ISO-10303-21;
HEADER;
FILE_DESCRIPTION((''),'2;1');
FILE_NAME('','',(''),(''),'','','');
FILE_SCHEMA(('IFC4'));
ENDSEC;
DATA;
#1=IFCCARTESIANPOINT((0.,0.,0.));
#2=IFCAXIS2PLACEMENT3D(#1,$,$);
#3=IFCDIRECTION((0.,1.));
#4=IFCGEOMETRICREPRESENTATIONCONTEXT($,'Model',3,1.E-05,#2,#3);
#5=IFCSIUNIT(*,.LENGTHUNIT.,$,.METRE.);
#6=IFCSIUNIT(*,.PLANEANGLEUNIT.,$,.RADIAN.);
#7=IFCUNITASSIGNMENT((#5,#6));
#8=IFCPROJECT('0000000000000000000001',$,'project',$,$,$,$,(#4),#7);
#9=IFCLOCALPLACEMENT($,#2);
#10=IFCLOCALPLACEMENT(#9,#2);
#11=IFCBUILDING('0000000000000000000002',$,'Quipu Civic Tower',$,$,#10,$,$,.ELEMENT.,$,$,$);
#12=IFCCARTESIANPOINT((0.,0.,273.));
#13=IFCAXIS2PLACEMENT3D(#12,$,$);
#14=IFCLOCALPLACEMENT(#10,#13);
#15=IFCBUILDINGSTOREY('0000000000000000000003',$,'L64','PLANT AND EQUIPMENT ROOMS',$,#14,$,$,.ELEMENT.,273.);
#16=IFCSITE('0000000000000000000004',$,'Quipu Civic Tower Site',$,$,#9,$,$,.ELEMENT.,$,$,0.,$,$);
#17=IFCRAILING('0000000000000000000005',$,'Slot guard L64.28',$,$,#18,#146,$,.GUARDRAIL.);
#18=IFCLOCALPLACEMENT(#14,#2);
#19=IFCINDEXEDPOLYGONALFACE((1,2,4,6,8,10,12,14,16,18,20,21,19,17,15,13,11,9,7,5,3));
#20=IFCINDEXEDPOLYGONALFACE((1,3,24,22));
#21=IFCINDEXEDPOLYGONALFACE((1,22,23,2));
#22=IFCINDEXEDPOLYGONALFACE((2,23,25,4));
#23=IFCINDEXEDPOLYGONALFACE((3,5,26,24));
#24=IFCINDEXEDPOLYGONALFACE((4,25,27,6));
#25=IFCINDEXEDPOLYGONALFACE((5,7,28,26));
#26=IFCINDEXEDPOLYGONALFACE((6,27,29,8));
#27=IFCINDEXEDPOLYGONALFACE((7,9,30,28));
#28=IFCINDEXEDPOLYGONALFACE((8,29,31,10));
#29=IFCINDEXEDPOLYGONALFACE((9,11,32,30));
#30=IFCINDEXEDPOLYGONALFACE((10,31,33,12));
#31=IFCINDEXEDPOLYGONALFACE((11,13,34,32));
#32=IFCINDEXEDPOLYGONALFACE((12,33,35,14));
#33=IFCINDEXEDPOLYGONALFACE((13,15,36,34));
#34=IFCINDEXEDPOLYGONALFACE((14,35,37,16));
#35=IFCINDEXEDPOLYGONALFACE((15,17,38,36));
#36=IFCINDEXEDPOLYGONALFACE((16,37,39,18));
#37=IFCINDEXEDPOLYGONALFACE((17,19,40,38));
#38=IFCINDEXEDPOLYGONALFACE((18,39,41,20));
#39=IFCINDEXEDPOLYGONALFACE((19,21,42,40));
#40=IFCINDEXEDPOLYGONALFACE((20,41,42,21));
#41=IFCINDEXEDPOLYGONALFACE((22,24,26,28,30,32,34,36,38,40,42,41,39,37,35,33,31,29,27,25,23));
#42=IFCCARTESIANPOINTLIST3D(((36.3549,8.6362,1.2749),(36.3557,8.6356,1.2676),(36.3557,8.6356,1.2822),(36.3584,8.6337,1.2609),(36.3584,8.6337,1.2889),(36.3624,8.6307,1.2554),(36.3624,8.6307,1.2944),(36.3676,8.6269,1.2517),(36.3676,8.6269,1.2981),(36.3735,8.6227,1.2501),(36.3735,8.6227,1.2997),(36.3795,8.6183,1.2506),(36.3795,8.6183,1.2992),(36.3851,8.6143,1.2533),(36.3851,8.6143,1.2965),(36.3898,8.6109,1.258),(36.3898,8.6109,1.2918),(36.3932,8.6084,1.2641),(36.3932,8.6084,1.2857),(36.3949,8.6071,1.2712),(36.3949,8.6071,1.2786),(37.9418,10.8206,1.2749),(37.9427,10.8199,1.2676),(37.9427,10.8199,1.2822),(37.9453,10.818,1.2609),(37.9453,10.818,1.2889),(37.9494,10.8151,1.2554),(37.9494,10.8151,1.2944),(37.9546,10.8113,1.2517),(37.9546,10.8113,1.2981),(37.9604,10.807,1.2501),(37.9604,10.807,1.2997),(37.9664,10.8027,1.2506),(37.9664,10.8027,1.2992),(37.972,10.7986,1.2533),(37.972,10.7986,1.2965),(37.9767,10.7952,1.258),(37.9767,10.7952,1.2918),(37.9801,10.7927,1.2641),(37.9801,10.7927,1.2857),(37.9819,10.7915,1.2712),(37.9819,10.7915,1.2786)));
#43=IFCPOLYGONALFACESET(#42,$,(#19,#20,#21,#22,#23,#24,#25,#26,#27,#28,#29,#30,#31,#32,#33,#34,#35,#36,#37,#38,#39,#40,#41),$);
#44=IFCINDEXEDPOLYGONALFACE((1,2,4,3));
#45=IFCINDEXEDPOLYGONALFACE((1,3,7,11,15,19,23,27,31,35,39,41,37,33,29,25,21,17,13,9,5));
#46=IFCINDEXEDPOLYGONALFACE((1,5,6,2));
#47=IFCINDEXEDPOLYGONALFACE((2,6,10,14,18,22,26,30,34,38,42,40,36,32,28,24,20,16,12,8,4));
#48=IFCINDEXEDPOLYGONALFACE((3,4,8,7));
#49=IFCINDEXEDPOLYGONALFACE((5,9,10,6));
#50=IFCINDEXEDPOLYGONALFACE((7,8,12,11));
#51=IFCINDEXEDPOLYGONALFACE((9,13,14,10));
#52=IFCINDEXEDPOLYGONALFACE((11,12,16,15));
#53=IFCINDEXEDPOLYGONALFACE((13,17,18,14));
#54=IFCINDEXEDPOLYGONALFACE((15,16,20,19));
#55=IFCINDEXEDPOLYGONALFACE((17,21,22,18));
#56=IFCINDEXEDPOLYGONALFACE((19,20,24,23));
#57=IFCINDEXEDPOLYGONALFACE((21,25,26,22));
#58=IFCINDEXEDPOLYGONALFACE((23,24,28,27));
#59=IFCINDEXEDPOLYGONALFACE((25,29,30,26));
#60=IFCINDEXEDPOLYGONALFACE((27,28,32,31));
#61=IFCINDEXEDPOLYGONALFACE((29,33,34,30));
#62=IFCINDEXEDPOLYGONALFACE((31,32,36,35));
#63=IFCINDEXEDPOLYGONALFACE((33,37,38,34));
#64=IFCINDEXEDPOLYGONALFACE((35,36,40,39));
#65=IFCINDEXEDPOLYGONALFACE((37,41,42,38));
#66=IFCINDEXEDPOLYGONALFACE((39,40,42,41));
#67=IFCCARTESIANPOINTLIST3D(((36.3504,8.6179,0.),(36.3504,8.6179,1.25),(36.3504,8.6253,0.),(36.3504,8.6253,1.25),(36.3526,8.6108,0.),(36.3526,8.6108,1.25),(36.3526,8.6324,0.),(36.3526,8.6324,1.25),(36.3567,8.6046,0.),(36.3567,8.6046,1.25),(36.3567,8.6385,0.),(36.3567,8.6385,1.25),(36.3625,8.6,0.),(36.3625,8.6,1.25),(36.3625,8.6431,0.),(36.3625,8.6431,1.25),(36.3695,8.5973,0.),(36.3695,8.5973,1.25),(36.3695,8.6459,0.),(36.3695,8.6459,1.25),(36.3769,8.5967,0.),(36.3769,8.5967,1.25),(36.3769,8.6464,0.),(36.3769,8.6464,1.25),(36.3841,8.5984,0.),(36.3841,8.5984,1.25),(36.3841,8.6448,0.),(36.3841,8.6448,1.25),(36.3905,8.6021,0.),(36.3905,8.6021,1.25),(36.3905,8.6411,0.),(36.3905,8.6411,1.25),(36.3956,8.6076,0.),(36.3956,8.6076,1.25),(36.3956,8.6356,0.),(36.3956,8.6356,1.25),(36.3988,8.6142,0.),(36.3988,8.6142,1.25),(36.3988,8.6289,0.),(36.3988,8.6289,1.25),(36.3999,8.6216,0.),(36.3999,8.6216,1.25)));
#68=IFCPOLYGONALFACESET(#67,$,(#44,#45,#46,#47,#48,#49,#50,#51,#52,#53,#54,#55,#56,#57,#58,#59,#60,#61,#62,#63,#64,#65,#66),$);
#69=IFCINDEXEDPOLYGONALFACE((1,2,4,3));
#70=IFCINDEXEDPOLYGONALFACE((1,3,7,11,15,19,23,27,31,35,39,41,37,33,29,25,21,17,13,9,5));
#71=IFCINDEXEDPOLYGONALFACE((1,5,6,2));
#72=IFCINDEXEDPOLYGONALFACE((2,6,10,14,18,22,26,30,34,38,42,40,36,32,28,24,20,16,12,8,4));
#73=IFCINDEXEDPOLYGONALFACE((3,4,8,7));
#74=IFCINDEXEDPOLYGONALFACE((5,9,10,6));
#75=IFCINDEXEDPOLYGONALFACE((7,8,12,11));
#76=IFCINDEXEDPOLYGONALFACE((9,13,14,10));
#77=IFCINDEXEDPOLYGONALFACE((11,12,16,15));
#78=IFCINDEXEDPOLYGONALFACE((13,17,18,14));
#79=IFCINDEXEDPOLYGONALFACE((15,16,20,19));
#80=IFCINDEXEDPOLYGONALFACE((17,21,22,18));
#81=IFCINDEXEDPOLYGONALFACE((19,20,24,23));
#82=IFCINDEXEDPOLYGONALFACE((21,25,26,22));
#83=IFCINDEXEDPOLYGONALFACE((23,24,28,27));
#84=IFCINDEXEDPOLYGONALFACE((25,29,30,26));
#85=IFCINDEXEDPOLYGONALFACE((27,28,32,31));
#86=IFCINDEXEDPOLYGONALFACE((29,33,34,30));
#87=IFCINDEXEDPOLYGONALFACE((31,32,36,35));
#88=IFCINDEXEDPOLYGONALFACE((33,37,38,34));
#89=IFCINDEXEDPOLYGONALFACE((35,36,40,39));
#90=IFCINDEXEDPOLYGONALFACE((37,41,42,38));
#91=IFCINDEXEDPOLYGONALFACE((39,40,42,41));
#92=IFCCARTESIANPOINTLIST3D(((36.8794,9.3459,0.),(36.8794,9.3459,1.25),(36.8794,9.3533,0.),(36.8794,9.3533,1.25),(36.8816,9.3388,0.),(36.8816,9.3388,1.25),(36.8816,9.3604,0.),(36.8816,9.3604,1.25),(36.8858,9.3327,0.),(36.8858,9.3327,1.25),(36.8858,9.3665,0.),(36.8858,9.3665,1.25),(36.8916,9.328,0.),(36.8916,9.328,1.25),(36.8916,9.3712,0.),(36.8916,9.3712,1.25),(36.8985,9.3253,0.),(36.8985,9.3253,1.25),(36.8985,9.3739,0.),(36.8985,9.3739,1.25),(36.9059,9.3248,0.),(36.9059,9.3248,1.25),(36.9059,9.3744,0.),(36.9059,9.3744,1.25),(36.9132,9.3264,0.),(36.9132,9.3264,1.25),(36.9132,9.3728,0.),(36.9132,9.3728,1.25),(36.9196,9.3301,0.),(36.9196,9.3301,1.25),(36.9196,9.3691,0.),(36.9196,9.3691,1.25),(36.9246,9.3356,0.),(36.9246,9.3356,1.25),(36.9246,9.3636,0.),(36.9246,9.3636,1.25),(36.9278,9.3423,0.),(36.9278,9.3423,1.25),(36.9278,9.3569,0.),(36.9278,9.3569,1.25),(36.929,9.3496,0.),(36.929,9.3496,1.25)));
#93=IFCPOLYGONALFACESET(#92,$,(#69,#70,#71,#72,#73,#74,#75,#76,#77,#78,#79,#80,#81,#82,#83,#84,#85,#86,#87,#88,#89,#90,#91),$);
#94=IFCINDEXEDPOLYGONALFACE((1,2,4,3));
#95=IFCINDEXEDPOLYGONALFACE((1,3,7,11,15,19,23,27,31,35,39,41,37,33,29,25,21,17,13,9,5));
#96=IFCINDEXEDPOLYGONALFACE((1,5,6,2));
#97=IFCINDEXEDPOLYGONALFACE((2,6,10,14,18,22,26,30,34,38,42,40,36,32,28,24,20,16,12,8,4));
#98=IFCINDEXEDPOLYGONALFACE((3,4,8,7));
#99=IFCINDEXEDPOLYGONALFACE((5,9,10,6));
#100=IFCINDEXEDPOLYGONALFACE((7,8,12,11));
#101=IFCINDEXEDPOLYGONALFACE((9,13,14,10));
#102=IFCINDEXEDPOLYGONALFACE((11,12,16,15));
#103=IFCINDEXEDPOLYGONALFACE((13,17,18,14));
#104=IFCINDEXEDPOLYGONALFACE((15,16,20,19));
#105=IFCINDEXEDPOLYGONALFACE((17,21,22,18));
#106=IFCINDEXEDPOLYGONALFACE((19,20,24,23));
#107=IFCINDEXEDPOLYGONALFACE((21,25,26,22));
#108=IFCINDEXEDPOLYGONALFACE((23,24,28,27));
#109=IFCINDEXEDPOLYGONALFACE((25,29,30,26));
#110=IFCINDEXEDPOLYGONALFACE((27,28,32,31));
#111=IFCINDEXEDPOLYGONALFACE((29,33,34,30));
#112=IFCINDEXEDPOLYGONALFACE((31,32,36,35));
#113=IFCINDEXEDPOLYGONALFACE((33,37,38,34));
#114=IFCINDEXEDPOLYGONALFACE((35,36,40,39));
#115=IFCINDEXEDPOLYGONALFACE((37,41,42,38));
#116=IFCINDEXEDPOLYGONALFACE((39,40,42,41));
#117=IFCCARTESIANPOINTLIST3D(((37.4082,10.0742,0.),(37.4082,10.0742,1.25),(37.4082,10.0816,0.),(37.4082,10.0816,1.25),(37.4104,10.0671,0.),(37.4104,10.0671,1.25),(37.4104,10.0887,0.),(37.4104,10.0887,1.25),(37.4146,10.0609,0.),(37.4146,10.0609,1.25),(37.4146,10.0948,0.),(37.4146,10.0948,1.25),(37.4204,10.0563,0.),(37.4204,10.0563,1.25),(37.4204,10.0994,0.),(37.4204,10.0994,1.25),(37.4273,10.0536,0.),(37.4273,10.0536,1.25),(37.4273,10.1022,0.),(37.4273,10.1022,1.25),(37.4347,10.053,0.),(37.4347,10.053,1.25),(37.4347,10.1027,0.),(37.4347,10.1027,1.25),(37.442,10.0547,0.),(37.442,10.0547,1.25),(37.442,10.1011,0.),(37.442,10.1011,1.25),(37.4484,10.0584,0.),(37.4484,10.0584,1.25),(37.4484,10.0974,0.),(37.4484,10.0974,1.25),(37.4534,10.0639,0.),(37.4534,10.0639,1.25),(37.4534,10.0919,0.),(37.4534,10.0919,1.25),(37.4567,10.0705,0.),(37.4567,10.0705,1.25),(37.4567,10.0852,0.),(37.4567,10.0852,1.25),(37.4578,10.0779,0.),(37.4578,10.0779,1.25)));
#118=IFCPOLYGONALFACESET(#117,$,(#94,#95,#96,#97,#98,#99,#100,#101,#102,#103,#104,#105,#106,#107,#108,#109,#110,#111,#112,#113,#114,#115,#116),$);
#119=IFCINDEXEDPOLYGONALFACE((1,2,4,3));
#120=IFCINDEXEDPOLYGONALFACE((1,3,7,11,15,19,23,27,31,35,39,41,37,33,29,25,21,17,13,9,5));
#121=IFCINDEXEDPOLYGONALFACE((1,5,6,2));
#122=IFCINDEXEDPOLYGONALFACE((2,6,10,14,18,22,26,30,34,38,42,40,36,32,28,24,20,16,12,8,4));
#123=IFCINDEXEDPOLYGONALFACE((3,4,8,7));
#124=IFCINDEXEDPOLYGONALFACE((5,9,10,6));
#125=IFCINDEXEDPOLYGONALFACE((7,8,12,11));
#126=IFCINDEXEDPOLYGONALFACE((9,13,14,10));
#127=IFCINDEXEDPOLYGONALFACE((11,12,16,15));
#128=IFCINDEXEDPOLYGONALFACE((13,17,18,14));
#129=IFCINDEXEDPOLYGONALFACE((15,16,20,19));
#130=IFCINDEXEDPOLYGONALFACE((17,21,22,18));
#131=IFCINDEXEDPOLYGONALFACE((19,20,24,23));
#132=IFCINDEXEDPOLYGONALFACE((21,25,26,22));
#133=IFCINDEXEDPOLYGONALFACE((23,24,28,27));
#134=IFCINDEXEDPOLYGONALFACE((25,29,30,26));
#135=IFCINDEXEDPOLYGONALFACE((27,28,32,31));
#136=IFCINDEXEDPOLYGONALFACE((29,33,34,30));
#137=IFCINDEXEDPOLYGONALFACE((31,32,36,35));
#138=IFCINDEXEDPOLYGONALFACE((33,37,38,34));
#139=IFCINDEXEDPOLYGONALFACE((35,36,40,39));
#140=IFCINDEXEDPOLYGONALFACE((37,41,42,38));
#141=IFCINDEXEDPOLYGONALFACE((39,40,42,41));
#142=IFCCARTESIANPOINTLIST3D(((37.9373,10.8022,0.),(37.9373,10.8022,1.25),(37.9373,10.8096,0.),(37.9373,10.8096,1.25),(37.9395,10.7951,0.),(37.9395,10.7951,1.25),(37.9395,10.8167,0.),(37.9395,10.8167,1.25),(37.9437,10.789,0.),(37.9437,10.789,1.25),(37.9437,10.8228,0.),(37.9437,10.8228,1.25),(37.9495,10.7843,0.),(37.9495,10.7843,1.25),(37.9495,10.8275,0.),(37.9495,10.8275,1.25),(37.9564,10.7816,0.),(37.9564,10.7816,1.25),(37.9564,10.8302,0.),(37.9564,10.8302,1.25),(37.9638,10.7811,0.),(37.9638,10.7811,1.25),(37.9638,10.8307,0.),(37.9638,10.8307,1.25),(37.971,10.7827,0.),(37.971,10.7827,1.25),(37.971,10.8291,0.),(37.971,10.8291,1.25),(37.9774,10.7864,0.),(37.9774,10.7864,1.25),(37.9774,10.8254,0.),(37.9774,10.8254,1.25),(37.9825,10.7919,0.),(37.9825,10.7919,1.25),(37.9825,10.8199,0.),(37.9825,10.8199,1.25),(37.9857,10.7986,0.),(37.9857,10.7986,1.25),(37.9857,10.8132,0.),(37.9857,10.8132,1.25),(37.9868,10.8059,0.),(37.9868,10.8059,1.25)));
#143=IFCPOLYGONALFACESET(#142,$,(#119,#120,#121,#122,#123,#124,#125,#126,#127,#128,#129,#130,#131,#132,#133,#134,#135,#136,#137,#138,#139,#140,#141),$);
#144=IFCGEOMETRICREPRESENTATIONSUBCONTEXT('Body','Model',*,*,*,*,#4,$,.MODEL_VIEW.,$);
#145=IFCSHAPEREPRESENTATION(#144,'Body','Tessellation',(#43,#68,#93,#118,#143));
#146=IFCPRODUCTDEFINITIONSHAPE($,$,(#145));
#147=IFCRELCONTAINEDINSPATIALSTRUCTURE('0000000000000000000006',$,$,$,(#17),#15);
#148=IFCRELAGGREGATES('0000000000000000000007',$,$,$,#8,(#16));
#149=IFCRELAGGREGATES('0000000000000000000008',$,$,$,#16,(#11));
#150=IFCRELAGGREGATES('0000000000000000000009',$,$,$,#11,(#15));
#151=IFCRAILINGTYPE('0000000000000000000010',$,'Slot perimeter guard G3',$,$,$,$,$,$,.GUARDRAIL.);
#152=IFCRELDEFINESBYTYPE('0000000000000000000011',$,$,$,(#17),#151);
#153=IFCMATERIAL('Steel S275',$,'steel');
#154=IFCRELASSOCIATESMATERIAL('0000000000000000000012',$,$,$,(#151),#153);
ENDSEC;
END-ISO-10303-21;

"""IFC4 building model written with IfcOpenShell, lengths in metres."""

from ifc_helpers import new_model, si_unit, direction, frame, origin, origin_2d, place, context, subcontext, project, spatial, circle, extrude, material, type_object, element, save


model = new_model("IFC4")

# Units and contexts
model_context = context("Model", 3, precision=1e-05, world=origin(), true_north=direction((0.0, 1.0)))
body_context = subcontext(model_context, "Body", "Model", "MODEL_VIEW")
ifc_project = project(units=[si_unit("LENGTHUNIT", "METRE"), si_unit("PLANEANGLEUNIT", "RADIAN")], contexts=[model_context])

# Site, building, storey
site_placement = place(None, origin())
site = spatial("IfcSite", under=ifc_project, at=site_placement, Name="Quipu Civic Tower Site", CompositionType="ELEMENT", RefElevation=0.0)
building_placement = place(site_placement, origin())
building = spatial("IfcBuilding", under=site, at=building_placement, Name="Quipu Civic Tower", CompositionType="ELEMENT")
storey_placement = place(building_placement, frame((0.0, 0.0, 273.0)))
storey = spatial("IfcBuildingStorey", under=building, at=storey_placement, Name="L64", Description="PLANT AND EQUIPMENT ROOMS", CompositionType="ELEMENT", Elevation=273.0)

# Railing
ifc_material_1 = material(Name="Steel S275", Category="steel")
railing_type = type_object("IfcRailingType", Name="Slot perimeter guard G3", PredefinedType="GUARDRAIL", material=ifc_material_1)
railing_1_placement = place(storey_placement, frame((36.375, 8.6216, 0.0)))
element("IfcRailing", 1, at=railing_1_placement, inside=storey, type_object=railing_type, Name="Slot guard L64.28", PredefinedType="GUARDRAIL", context=body_context, shape_type="SweptSolid", body=[
    extrude(circle(Radius=0.0249, at=origin_2d()), frame((0.0, 0.0, 1.2749), z_axis=(0.587763, 0.809033, 0.0), x_axis=(-0.809033, 0.587763, 0.0)), (0.0, 0.0, 1.0), 2.7),
    extrude(circle(Radius=0.0249, at=origin_2d()), origin(), (0.0, 0.0, 1.0), 1.25),
    extrude(circle(Radius=0.0249, at=origin_2d()), frame((0.5291, 0.728, 0.0)), (0.0, 0.0, 1.0), 1.25),
    extrude(circle(Radius=0.0249, at=origin_2d()), frame((1.0579, 1.4563, 0.0)), (0.0, 0.0, 1.0), 1.25),
    extrude(circle(Radius=0.0249, at=origin_2d()), frame((1.5869, 2.1843, 0.0)), (0.0, 0.0, 1.0), 1.25),
])

save(model, "model.ifc")
